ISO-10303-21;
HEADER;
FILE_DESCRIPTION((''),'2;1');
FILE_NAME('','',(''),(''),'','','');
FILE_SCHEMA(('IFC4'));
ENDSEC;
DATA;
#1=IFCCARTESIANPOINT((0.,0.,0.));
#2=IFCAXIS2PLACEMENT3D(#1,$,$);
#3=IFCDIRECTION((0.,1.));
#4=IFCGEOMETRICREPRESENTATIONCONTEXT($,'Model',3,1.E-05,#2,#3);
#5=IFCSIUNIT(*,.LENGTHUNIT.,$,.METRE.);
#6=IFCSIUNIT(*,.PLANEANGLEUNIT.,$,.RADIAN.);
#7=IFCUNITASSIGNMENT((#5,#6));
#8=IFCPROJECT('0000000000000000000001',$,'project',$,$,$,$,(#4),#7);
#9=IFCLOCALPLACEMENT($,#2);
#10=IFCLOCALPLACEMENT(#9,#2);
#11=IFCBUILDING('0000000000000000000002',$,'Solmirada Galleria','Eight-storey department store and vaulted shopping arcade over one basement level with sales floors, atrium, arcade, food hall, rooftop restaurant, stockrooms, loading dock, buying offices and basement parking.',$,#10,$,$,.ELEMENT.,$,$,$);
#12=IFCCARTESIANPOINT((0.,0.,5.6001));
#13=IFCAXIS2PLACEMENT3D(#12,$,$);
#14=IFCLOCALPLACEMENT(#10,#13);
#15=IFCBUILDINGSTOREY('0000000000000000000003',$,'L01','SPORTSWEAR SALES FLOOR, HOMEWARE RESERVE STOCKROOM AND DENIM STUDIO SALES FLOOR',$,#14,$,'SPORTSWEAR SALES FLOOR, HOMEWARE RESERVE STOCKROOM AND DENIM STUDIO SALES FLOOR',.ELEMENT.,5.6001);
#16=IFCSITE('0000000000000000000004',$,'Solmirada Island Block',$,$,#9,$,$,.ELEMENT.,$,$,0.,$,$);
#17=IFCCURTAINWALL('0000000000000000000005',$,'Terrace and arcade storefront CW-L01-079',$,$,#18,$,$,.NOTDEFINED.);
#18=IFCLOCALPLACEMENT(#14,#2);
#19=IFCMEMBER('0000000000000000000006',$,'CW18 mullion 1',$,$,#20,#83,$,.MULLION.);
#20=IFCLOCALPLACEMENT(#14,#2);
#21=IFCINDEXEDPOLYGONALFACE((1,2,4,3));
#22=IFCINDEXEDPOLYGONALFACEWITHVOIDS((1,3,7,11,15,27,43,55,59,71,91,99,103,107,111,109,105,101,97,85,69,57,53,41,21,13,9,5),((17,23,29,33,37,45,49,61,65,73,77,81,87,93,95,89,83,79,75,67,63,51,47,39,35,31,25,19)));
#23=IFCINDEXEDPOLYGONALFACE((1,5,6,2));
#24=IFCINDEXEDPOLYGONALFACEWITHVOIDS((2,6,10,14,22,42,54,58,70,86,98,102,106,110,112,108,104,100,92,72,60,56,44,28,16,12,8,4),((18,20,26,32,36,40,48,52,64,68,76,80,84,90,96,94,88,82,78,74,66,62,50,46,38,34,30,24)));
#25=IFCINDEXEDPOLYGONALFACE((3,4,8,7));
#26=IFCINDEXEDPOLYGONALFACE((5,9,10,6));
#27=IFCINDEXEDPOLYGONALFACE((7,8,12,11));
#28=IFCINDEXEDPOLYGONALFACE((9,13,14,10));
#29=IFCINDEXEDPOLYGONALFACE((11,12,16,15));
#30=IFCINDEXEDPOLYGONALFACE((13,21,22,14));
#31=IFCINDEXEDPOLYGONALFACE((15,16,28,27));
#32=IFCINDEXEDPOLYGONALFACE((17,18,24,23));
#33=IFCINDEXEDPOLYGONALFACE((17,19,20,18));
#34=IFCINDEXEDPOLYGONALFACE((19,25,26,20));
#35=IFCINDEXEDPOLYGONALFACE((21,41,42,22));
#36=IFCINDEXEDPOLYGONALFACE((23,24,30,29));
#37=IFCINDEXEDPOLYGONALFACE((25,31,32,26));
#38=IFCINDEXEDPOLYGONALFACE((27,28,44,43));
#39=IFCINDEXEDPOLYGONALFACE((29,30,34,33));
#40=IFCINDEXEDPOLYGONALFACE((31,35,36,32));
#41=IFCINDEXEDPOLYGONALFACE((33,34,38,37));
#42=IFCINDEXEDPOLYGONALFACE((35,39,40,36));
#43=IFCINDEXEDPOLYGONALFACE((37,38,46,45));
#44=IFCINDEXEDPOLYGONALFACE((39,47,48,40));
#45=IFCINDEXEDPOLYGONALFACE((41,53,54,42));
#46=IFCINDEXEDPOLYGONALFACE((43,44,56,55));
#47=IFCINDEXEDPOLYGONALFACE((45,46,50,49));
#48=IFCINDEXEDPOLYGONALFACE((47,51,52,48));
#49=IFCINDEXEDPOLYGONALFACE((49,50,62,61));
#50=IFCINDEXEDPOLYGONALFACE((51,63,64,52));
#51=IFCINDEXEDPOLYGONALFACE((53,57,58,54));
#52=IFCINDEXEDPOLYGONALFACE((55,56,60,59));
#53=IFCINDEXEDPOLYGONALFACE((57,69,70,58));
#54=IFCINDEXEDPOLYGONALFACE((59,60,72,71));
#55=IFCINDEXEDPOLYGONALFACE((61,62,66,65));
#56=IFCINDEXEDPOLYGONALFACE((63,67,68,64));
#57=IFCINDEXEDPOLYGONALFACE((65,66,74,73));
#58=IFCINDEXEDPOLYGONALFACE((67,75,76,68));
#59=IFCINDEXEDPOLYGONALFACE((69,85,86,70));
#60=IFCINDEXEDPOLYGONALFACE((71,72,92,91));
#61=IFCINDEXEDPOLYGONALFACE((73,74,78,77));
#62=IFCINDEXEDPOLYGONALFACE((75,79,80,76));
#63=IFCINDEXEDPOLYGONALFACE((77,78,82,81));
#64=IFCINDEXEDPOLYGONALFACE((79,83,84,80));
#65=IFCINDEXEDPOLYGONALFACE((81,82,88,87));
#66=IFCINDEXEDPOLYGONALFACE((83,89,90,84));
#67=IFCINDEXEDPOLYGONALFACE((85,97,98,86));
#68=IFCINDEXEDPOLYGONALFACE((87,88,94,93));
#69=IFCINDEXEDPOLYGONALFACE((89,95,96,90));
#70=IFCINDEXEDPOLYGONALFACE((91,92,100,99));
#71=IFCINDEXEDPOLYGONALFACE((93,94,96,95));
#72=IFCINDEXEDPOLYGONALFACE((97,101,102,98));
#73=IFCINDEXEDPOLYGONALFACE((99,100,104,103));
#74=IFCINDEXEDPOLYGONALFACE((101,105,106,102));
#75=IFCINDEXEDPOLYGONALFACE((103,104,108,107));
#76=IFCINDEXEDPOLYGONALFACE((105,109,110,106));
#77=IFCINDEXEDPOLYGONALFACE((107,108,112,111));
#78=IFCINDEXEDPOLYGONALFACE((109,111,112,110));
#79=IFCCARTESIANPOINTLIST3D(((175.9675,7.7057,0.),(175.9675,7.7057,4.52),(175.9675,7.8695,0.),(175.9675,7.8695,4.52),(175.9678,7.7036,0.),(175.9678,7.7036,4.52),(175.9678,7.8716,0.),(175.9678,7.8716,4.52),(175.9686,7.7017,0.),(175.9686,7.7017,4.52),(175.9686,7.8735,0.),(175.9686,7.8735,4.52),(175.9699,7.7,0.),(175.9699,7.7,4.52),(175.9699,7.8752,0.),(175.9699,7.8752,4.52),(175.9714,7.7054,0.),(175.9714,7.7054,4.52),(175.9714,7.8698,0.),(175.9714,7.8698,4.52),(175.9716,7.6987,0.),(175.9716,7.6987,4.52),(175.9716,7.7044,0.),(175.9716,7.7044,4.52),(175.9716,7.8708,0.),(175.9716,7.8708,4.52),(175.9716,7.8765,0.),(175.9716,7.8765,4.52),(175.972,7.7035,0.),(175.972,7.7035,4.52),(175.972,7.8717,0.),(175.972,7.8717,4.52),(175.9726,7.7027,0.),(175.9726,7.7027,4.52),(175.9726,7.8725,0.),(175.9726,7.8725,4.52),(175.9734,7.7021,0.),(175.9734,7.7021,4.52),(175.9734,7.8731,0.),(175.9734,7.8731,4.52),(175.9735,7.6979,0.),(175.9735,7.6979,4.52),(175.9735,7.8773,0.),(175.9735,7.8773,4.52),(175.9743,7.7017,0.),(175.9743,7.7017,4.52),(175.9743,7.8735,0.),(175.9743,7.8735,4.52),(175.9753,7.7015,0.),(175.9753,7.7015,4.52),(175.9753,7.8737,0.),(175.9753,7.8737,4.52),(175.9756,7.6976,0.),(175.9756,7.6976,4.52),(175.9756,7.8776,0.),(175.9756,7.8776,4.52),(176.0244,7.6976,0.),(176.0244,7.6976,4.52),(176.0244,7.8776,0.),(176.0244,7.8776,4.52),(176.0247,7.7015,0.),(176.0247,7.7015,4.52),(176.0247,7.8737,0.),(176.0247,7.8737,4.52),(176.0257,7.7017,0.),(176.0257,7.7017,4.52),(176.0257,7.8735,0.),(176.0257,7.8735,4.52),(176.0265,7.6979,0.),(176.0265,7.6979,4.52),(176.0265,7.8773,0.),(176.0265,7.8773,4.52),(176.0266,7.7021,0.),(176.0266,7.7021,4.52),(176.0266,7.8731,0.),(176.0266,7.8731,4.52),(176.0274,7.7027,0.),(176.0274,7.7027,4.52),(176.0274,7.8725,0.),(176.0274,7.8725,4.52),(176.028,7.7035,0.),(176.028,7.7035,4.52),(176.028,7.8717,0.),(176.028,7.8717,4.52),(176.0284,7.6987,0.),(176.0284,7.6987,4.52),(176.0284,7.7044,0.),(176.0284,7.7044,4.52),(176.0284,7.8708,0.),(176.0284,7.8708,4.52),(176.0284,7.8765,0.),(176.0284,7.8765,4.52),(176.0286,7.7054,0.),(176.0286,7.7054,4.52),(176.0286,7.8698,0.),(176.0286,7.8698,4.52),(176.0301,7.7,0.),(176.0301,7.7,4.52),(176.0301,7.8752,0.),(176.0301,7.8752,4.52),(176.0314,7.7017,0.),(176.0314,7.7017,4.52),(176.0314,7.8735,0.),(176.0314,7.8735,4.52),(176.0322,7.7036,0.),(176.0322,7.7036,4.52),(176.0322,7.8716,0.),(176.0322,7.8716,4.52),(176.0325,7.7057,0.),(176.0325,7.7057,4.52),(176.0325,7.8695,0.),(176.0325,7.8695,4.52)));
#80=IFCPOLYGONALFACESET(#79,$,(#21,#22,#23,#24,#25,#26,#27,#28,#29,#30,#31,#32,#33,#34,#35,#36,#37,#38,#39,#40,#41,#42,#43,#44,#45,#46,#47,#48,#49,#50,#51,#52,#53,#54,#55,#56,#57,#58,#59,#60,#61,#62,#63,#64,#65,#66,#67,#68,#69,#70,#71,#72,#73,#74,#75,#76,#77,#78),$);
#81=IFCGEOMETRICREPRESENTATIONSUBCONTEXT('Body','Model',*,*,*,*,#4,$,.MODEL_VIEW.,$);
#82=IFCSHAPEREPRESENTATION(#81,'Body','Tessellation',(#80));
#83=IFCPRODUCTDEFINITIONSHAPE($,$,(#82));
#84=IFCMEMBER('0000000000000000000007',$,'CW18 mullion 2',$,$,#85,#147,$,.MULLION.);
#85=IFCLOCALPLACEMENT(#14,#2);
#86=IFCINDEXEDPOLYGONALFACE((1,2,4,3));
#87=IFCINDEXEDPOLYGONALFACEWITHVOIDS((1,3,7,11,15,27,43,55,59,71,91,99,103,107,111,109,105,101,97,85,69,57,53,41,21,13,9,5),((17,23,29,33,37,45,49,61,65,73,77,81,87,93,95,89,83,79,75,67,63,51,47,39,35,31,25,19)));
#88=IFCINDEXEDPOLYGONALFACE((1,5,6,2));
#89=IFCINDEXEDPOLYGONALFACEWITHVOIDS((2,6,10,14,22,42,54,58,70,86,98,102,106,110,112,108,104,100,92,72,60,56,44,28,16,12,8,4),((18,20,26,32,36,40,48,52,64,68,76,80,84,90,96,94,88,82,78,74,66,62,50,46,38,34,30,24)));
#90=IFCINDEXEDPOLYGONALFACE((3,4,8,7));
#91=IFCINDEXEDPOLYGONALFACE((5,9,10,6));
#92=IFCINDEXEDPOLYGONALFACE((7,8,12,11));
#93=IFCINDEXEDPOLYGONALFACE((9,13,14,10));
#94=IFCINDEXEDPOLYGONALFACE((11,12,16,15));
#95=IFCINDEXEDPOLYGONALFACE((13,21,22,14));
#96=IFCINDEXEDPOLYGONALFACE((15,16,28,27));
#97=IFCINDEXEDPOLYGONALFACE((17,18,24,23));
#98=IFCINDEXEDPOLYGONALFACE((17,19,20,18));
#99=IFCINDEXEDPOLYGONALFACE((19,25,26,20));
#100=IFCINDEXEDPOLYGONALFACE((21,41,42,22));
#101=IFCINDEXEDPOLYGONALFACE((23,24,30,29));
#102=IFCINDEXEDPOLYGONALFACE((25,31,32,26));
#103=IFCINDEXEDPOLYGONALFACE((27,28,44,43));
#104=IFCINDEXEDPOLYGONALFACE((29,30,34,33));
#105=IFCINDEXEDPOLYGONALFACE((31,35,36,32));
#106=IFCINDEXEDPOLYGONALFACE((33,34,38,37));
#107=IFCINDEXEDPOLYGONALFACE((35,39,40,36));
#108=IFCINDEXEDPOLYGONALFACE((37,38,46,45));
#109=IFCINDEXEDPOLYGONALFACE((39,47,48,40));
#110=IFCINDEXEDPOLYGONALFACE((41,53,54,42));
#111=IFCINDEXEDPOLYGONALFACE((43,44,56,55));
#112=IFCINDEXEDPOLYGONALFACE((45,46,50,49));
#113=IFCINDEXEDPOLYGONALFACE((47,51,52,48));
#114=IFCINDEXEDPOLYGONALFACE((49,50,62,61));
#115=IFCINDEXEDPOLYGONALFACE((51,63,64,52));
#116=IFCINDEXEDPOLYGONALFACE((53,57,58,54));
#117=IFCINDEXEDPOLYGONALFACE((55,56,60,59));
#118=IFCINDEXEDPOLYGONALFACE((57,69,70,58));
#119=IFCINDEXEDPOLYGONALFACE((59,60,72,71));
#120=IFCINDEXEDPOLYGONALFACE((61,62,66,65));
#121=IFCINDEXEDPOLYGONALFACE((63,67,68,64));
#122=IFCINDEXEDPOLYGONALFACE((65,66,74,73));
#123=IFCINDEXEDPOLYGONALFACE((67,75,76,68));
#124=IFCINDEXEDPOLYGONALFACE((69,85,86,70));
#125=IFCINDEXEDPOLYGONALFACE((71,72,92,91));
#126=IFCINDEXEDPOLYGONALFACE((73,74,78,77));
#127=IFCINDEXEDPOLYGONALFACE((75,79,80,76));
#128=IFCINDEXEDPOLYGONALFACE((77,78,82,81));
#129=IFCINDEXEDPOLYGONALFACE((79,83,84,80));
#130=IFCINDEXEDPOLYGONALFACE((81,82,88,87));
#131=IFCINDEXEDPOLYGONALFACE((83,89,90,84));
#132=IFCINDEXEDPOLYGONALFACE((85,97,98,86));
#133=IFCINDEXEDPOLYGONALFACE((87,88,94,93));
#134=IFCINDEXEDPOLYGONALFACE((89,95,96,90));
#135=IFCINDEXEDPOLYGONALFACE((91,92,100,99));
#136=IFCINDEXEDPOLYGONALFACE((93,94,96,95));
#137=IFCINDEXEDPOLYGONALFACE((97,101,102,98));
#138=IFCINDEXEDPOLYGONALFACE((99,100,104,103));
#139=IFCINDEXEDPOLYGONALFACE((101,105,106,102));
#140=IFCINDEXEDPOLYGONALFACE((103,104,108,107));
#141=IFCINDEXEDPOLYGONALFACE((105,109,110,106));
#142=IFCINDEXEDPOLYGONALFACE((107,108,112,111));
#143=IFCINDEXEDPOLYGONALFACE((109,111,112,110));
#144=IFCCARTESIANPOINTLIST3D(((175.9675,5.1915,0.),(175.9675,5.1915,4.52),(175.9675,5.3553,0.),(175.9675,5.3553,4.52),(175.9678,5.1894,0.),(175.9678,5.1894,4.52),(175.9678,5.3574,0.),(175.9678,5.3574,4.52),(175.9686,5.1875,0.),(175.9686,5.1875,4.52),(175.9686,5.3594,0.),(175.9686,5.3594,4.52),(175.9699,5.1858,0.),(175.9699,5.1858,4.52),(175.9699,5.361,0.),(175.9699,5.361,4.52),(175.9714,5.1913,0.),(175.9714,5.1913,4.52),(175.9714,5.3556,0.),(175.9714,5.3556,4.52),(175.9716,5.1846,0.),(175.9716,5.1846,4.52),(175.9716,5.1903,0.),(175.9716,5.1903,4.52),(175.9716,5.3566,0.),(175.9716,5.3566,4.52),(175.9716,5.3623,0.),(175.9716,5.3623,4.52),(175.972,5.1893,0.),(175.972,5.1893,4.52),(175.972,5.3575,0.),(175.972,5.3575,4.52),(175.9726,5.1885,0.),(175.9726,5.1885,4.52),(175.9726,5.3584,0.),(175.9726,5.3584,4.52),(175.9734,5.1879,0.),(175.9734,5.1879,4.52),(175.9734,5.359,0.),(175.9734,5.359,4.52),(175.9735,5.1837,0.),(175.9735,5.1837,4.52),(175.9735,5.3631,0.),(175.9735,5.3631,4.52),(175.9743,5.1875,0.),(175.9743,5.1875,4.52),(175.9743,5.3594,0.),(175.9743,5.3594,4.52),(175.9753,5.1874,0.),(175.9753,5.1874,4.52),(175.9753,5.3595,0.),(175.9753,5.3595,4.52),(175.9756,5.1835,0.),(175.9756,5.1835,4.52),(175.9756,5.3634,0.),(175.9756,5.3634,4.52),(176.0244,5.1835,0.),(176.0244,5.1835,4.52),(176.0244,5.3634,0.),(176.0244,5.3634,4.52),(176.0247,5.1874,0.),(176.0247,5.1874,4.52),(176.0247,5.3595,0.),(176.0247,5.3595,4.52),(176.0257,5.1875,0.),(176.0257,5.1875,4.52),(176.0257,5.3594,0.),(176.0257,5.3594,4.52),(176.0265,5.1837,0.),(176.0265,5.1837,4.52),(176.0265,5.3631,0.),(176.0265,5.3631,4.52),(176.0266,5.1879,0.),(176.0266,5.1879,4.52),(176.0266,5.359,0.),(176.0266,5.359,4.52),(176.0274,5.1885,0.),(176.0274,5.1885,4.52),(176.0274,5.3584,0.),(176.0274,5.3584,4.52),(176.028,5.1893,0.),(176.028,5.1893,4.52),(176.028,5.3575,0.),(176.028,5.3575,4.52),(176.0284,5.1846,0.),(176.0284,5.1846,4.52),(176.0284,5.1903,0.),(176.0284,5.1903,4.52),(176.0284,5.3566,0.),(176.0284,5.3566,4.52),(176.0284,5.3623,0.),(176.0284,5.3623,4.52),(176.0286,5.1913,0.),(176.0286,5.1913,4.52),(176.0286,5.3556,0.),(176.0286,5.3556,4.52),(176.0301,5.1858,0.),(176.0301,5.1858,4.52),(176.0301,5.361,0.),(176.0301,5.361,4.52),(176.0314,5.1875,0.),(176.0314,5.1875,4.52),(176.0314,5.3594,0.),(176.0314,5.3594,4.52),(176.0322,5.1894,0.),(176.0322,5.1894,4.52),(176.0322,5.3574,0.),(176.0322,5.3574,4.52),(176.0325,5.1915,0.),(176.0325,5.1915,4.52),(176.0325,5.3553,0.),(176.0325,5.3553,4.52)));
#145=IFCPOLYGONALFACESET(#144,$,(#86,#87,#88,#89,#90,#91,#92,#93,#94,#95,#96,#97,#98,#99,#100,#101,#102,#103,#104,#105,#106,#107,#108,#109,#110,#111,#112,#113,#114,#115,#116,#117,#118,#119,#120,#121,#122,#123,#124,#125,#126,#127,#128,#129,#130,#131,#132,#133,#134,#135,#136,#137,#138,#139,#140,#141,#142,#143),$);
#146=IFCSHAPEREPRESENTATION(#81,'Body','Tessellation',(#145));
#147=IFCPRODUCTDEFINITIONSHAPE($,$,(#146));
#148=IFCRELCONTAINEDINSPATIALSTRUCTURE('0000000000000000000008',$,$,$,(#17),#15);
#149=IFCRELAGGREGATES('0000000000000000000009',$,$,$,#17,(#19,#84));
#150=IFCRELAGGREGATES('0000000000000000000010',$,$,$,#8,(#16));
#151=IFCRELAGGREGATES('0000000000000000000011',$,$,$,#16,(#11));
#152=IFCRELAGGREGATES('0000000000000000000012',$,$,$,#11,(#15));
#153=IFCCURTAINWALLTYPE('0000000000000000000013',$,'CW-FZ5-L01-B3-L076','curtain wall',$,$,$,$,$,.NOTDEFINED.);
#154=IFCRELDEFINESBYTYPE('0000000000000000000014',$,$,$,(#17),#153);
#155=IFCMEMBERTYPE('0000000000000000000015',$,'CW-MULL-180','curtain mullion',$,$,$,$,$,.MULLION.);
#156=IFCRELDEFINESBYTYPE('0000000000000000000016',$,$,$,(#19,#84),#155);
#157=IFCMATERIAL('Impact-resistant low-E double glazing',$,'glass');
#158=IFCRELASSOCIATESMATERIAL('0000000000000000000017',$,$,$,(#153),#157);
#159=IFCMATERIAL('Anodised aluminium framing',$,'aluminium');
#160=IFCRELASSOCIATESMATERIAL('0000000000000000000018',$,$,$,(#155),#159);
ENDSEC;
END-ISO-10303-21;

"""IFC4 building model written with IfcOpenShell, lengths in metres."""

from ifc_helpers import new_model, si_unit, direction, frame, origin, origin_2d, place, context, subcontext, project, spatial, hollow_rectangle, extrude, material, material_profile, profile_set, type_object, element, aggregate, save


model = new_model("IFC4")

# Units and contexts
model_context = context("Model", 3, precision=1e-05, world=origin(), true_north=direction((0.0, 1.0)))
body_context = subcontext(model_context, "Body", "Model", "MODEL_VIEW")
ifc_project = project(units=[si_unit("LENGTHUNIT", "METRE"), si_unit("PLANEANGLEUNIT", "RADIAN")], contexts=[model_context])

# Site, building, storey
site_placement = place(None, origin())
site = spatial("IfcSite", under=ifc_project, at=site_placement, Name="Solmirada Island Block", CompositionType="ELEMENT", RefElevation=0.0)
building_placement = place(site_placement, origin())
building = spatial("IfcBuilding", under=site, at=building_placement, Name="Solmirada Galleria", Description="Eight-storey department store and vaulted shopping arcade over one basement level with sales floors, atrium, arcade, food hall, rooftop restaurant, stockrooms, loading dock, buying offices and basement parking.", CompositionType="ELEMENT")
storey_placement = place(building_placement, frame((0.0, 0.0, 5.6001)))
storey = spatial("IfcBuildingStorey", under=building, at=storey_placement, Name="L01", Description="SPORTSWEAR SALES FLOOR, HOMEWARE RESERVE STOCKROOM AND DENIM STUDIO SALES FLOOR", LongName="SPORTSWEAR SALES FLOOR, HOMEWARE RESERVE STOCKROOM AND DENIM STUDIO SALES FLOOR", CompositionType="ELEMENT", Elevation=5.6001)

# Curtain wall, members
ifc_material_1 = material(Name="Impact-resistant low-E double glazing", Category="glass")
curtain_wall_type = type_object("IfcCurtainWallType", Name="CW-FZ5-L01-B3-L076", Description="curtain wall", PredefinedType="NOTDEFINED", material=ifc_material_1)
ifc_material_2 = material(Name="Anodised aluminium framing", Category="aluminium")
ifc_material_profile_1 = material_profile(ifc_material_2, hollow_rectangle(XDim=0.0649, YDim=0.1799, WallThickness=0.0039, InnerFilletRadius=0.0039, OuterFilletRadius=0.0081, at=origin_2d()), Name="ALU-MULL-180X65")
ifc_profile_set_1 = profile_set([ifc_material_profile_1], Name="Anodised aluminium framing")
member_type_1 = type_object("IfcMemberType", Name="CW-MULL-180", Description="curtain mullion", PredefinedType="MULLION", material=ifc_profile_set_1)
curtain_wall_1_placement = place(storey_placement, origin())
curtain_wall_1 = element("IfcCurtainWall", 1, at=curtain_wall_1_placement, inside=storey, type_object=curtain_wall_type, Name="Terrace and arcade storefront CW-L01-079", PredefinedType="NOTDEFINED")
member_1_placement = place(storey_placement, frame((176.0, 7.7876, 0.0), z_axis=(0.0, 0.0, 1.0), x_axis=(1.0, 0.0, 0.0)))
member_1 = element("IfcMember", 2, at=member_1_placement, type_object=member_type_1, Name="CW18 mullion 1", PredefinedType="MULLION", context=body_context, shape_type="SweptSolid", body=[
    extrude(hollow_rectangle(XDim=0.0649, YDim=0.1799, WallThickness=0.0039, InnerFilletRadius=0.0039, OuterFilletRadius=0.0081, at=origin_2d()), origin(), (0.0, 0.0, 1.0), 4.52),
])
member_2_placement = place(storey_placement, frame((176.0, 5.2734, 0.0), z_axis=(0.0, 0.0, 1.0), x_axis=(1.0, 0.0, 0.0)))
member_2 = element("IfcMember", 3, at=member_2_placement, type_object=member_type_1, Name="CW18 mullion 2", PredefinedType="MULLION", context=body_context, shape_type="SweptSolid", body=[
    extrude(hollow_rectangle(XDim=0.0649, YDim=0.1799, WallThickness=0.0039, InnerFilletRadius=0.0039, OuterFilletRadius=0.0081, at=origin_2d()), origin(), (0.0, 0.0, 1.0), 4.52),
])

aggregate(curtain_wall_1, [member_1, member_2])

save(model, "model.ifc")
